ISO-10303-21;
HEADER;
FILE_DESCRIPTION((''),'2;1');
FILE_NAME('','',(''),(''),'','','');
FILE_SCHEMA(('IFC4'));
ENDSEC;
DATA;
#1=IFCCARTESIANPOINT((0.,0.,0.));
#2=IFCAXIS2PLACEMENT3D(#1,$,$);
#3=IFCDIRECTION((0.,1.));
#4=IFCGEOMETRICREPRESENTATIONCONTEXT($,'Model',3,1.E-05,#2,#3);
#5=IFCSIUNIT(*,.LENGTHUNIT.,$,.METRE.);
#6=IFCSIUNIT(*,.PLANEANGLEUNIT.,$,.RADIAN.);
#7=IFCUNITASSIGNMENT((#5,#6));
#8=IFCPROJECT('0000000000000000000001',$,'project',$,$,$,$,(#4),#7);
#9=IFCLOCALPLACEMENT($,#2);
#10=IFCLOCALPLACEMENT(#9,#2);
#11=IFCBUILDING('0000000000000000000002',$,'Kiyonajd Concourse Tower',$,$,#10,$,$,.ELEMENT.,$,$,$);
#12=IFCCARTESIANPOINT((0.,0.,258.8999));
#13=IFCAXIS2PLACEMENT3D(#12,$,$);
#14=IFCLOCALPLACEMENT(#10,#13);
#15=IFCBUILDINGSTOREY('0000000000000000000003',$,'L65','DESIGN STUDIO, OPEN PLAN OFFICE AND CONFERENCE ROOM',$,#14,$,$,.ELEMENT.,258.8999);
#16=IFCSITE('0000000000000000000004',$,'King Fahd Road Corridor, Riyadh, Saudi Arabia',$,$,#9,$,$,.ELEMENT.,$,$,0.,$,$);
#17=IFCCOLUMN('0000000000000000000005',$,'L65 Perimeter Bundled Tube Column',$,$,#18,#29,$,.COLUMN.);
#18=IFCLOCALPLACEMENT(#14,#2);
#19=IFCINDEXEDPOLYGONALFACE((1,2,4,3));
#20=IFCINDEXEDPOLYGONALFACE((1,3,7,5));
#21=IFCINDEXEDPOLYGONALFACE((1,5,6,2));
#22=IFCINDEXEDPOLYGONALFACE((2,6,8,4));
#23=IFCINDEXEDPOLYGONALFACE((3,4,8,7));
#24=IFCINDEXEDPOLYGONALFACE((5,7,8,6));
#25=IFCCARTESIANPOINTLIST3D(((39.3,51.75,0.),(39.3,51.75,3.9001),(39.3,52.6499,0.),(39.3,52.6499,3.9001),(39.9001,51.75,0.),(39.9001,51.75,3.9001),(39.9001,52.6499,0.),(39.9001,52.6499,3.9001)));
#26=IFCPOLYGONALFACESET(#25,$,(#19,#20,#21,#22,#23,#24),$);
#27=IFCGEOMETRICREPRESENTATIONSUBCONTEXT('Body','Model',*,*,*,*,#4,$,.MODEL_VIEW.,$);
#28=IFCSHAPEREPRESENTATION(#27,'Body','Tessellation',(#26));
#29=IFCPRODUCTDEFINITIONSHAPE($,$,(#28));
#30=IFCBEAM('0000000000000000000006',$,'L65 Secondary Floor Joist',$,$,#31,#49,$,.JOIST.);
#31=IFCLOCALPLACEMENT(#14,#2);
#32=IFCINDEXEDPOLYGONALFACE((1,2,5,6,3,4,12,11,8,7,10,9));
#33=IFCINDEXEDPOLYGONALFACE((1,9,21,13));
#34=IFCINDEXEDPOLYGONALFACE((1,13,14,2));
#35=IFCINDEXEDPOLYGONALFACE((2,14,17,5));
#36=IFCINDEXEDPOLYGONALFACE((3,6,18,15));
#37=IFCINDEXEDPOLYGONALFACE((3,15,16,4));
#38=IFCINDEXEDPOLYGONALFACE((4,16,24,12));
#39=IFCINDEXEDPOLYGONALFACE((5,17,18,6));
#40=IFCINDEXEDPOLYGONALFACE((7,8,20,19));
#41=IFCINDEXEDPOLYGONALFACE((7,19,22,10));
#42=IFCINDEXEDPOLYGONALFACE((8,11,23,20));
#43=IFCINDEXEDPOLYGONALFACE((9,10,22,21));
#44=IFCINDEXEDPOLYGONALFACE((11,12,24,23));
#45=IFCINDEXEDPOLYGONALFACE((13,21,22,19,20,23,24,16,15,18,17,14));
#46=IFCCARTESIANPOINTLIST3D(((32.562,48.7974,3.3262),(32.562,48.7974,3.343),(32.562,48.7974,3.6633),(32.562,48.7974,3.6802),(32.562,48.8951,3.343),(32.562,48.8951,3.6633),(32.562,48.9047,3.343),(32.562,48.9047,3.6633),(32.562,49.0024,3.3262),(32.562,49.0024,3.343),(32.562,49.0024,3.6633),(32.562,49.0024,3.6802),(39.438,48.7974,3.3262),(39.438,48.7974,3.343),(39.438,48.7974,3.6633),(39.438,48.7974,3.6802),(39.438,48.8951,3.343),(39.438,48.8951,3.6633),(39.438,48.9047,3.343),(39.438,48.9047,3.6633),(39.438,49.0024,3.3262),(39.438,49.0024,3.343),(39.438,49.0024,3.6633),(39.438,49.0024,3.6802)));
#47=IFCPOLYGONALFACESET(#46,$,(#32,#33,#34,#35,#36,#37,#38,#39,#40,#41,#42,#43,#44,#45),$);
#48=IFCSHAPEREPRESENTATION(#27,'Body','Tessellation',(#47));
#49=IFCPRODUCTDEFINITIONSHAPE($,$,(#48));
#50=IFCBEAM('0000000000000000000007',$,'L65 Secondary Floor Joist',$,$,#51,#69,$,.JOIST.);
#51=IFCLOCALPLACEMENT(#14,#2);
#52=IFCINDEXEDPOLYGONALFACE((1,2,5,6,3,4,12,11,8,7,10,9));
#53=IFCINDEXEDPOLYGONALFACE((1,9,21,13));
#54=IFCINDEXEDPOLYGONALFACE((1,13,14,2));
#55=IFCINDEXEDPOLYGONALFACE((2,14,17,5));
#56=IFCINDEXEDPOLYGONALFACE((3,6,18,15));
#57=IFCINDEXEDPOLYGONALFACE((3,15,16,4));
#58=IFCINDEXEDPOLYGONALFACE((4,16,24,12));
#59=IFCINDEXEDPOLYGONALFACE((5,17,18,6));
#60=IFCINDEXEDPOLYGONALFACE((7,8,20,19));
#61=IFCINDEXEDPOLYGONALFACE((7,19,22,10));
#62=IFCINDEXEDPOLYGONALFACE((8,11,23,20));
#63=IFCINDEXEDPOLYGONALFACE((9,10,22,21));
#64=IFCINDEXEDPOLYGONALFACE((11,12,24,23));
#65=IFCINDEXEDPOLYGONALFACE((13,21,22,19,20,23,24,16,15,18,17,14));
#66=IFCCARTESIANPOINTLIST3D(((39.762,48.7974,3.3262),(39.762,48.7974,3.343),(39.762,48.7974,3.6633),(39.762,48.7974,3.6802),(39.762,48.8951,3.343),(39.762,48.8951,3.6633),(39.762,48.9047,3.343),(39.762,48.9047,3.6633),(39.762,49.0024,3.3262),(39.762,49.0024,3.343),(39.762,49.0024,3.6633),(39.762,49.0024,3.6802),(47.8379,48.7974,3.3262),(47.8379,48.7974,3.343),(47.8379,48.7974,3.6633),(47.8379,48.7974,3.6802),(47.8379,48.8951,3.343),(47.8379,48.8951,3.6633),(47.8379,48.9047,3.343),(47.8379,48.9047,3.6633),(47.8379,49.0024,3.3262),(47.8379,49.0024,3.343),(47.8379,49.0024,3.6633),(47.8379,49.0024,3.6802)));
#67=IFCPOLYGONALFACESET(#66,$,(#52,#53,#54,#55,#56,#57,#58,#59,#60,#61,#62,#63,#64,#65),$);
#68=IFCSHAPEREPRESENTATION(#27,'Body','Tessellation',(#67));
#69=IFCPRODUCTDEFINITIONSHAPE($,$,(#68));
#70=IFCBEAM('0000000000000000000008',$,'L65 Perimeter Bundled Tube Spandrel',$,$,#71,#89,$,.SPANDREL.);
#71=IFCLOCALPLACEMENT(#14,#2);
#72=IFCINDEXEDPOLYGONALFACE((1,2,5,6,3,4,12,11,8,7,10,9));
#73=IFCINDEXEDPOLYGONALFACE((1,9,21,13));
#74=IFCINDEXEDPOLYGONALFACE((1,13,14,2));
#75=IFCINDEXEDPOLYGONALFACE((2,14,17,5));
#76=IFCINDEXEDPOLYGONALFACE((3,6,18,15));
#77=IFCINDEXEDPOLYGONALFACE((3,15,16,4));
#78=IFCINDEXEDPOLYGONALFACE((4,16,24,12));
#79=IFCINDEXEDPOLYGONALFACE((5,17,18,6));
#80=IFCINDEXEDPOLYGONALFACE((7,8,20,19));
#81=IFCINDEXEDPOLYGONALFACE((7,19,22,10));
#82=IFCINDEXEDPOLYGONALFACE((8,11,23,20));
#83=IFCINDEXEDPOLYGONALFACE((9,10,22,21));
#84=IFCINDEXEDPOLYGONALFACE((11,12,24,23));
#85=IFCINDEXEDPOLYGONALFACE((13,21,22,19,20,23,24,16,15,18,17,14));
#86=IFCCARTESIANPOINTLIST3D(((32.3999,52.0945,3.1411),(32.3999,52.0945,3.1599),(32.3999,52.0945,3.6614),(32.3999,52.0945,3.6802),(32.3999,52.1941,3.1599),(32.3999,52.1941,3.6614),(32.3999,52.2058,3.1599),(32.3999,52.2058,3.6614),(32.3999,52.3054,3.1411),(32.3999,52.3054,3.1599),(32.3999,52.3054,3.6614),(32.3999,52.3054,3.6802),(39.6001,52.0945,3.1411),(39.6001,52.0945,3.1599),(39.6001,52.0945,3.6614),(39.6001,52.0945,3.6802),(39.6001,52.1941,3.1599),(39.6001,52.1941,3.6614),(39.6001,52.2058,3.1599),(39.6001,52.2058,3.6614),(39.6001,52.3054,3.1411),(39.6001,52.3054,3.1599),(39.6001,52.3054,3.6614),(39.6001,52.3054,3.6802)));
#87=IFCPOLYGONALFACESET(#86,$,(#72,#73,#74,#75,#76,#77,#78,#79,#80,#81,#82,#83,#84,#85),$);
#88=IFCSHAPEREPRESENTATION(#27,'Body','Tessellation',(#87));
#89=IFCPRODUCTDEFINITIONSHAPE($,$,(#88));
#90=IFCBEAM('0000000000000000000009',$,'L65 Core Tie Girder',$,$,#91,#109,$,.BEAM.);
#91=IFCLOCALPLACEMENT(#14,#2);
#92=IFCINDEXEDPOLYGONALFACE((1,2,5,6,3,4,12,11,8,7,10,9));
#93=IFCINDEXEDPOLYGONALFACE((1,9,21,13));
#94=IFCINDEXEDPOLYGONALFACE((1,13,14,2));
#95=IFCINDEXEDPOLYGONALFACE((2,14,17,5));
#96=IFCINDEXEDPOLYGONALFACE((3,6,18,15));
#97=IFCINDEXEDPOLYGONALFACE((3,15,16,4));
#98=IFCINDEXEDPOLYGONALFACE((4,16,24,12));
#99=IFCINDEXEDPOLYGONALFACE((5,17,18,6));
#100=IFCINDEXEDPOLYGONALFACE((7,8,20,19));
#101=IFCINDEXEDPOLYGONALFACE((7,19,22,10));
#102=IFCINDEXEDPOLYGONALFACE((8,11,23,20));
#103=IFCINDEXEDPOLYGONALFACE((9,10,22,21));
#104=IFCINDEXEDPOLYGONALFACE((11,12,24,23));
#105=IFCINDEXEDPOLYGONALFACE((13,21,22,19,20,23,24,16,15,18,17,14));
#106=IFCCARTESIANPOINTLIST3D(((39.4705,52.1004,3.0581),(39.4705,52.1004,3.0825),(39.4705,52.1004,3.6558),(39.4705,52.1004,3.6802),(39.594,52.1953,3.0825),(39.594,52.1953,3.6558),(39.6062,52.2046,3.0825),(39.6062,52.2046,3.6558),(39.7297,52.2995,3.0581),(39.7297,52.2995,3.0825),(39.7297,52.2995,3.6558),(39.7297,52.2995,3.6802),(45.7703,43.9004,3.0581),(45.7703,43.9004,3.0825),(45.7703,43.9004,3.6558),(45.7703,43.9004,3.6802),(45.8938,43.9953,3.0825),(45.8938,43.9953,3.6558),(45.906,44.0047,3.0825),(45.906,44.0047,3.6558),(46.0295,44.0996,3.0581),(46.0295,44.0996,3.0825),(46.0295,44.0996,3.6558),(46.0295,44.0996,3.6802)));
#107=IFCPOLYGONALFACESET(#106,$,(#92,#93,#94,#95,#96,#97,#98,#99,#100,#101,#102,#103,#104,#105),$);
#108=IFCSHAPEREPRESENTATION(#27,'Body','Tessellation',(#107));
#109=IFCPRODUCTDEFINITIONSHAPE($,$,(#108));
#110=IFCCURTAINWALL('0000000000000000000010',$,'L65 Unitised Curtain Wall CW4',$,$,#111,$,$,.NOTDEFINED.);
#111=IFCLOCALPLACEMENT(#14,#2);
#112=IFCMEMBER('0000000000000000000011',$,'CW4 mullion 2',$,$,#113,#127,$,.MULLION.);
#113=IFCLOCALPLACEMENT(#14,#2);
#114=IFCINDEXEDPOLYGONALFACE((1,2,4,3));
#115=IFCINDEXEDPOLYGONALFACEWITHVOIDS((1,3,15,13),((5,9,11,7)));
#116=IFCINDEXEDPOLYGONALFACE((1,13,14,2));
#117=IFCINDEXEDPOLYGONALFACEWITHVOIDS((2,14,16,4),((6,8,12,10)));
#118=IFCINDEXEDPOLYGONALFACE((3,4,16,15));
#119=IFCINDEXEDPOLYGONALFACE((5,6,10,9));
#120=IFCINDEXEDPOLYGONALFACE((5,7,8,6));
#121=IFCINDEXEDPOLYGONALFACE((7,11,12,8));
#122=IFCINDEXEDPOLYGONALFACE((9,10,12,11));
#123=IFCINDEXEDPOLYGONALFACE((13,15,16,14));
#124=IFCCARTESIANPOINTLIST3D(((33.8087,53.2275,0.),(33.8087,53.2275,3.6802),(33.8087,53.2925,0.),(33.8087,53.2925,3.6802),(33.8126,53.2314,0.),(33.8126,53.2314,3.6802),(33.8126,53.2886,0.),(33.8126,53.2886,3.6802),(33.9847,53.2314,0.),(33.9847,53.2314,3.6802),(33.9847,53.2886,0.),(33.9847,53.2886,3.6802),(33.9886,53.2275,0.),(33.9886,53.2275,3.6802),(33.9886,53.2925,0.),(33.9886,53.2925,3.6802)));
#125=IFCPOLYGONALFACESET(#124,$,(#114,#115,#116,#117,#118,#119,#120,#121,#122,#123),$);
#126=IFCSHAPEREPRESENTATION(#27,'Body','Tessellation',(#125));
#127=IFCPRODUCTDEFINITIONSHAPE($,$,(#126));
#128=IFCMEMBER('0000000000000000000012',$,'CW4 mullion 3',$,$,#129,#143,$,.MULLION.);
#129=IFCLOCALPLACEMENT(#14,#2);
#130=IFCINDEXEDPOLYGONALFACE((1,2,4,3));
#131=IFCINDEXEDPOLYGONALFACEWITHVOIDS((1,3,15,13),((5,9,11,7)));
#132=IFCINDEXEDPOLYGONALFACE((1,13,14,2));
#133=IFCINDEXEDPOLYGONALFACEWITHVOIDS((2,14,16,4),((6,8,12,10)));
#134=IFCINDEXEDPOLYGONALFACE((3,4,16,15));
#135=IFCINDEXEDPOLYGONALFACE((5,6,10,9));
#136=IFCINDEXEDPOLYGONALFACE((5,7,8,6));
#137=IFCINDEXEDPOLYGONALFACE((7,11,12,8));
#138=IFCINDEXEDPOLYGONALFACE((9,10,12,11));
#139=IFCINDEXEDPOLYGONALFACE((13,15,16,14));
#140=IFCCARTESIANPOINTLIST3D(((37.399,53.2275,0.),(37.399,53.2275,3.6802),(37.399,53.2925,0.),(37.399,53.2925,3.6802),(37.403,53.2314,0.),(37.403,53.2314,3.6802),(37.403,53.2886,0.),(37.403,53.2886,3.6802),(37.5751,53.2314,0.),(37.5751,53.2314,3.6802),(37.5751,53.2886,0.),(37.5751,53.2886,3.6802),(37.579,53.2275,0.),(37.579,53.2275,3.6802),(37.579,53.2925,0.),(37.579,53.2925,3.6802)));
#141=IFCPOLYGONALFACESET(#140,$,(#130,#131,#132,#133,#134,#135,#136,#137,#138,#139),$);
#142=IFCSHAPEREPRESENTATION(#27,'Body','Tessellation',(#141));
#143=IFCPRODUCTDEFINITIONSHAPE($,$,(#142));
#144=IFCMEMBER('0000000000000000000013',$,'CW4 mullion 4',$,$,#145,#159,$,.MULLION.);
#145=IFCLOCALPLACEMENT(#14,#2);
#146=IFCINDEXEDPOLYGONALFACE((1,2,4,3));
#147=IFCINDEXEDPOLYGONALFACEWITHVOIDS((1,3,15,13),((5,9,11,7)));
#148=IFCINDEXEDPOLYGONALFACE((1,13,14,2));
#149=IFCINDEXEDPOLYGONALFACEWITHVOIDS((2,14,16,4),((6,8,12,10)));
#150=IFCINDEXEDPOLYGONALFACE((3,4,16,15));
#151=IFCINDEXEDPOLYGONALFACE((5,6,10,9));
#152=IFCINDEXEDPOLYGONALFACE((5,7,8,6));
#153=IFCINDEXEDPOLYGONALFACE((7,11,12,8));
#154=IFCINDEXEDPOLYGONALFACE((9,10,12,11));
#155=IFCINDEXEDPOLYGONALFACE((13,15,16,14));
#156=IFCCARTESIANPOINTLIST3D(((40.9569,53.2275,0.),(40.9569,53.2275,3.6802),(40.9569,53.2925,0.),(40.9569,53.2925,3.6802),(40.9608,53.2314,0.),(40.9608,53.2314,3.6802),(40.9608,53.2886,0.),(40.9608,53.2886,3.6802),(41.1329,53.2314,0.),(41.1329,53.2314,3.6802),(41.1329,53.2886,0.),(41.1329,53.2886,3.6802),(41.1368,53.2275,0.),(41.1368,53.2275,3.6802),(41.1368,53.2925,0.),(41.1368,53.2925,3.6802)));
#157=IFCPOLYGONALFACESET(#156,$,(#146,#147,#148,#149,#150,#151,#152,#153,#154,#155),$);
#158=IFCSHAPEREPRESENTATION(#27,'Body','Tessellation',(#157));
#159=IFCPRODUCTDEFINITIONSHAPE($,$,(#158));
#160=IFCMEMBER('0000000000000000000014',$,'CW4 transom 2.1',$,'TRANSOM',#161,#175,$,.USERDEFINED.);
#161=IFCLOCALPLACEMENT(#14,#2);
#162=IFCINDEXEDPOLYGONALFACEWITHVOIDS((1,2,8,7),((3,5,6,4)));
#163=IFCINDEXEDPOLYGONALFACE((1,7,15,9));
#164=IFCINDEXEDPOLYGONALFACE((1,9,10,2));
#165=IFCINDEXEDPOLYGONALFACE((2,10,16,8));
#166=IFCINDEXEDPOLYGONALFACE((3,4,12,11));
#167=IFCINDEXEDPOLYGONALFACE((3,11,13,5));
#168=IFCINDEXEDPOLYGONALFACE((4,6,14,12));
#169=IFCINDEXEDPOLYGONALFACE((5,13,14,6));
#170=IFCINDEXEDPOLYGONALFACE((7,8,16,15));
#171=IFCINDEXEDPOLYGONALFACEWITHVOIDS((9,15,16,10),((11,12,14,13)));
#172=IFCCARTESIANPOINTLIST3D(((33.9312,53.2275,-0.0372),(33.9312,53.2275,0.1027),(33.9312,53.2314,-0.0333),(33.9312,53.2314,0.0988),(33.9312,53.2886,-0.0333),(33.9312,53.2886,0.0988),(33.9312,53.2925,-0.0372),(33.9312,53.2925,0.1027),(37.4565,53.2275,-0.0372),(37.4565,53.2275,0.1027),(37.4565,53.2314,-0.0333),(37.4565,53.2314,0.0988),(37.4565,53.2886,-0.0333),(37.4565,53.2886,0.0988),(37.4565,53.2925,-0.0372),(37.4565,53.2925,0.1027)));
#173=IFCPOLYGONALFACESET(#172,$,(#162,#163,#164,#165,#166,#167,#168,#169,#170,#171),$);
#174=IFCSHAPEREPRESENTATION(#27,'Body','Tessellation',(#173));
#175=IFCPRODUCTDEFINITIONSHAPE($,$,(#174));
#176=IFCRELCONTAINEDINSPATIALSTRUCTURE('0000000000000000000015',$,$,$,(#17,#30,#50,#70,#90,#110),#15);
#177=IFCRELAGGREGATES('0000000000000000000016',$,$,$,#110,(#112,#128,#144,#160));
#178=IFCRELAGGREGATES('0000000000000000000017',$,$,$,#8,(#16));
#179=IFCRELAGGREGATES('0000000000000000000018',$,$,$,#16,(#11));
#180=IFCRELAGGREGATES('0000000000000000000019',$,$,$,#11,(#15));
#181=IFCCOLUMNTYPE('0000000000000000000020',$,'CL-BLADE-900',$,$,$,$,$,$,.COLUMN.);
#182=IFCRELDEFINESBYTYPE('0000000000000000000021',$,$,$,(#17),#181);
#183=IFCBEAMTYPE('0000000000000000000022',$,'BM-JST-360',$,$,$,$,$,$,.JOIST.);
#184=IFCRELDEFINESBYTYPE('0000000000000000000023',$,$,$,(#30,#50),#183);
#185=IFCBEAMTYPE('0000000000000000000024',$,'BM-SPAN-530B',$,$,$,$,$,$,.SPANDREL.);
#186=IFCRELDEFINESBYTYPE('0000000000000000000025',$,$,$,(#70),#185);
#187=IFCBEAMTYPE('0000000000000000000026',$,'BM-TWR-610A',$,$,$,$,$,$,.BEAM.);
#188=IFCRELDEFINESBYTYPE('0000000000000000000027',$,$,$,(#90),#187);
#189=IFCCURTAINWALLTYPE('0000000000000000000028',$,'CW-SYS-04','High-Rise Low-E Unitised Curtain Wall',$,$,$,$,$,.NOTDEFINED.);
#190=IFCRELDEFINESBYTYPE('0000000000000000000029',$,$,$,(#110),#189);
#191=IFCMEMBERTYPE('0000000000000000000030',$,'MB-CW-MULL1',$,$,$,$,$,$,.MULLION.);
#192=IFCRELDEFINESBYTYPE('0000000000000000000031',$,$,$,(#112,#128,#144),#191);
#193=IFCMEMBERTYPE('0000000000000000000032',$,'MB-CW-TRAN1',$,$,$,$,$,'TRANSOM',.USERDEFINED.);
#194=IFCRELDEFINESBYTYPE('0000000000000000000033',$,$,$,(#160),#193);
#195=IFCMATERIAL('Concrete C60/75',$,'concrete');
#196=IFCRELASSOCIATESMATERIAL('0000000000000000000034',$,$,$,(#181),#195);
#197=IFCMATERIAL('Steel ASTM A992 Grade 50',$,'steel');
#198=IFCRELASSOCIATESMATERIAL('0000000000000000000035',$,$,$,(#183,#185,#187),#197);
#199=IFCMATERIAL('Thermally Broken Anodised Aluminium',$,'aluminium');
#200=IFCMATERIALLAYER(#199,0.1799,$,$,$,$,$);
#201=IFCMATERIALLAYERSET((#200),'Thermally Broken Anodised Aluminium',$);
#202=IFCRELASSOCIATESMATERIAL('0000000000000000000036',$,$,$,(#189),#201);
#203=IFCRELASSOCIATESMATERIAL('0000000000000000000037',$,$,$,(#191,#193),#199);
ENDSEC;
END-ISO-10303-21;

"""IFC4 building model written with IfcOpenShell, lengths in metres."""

from ifc_helpers import new_model, si_unit, direction, frame, origin, origin_2d, place, context, subcontext, project, spatial, rectangle, hollow_rectangle, i_section, extrude, material, layer, layer_set, material_profile, profile_set, type_object, element, aggregate, save


model = new_model("IFC4")

# Units and contexts
model_context = context("Model", 3, precision=1e-05, world=origin(), true_north=direction((0.0, 1.0)))
body_context = subcontext(model_context, "Body", "Model", "MODEL_VIEW")
ifc_project = project(units=[si_unit("LENGTHUNIT", "METRE"), si_unit("PLANEANGLEUNIT", "RADIAN")], contexts=[model_context])

# Site, building, storey
site_placement = place(None, origin())
site = spatial("IfcSite", under=ifc_project, at=site_placement, Name="King Fahd Road Corridor, Riyadh, Saudi Arabia", CompositionType="ELEMENT", RefElevation=0.0)
building_placement = place(site_placement, origin())
building = spatial("IfcBuilding", under=site, at=building_placement, Name="Kiyonajd Concourse Tower", CompositionType="ELEMENT")
storey_placement = place(building_placement, frame((0.0, 0.0, 258.8999)))
storey = spatial("IfcBuildingStorey", under=building, at=storey_placement, Name="L65", Description="DESIGN STUDIO, OPEN PLAN OFFICE AND CONFERENCE ROOM", CompositionType="ELEMENT", Elevation=258.8999)

# Column
ifc_material_1 = material(Name="Concrete C60/75", Category="concrete")
ifc_material_profile_1 = material_profile(ifc_material_1, rectangle(XDim=0.6001, YDim=0.8999, at=origin_2d()), Name="RC-900x600")
ifc_profile_set_1 = profile_set([ifc_material_profile_1], Name="Concrete C60/75")
column_type = type_object("IfcColumnType", Name="CL-BLADE-900", PredefinedType="COLUMN", material=ifc_profile_set_1)
column_placement = place(storey_placement, frame((39.6001, 52.2, 0.0), z_axis=(0.0, 0.0, 1.0), x_axis=(1.0, 0.0, 0.0)))
element("IfcColumn", 1, at=column_placement, inside=storey, type_object=column_type, Name="L65 Perimeter Bundled Tube Column", PredefinedType="COLUMN", context=body_context, shape_type="SweptSolid", body=[
    extrude(rectangle(XDim=0.6001, YDim=0.8999, at=origin_2d()), origin(), (0.0, 0.0, 1.0), 3.9001),
])

# Beams
ifc_material_2 = material(Name="Steel ASTM A992 Grade 50", Category="steel")
ifc_material_profile_2 = material_profile(ifc_material_2, i_section(OverallWidth=0.2051, OverallDepth=0.354, WebThickness=0.0095, FlangeThickness=0.0168, at=origin_2d()), Name="W360X79")
ifc_profile_set_2 = profile_set([ifc_material_profile_2], Name="Steel ASTM A992 Grade 50")
beam_type_1 = type_object("IfcBeamType", Name="BM-JST-360", PredefinedType="JOIST", material=ifc_profile_set_2)
beam_1_placement = place(storey_placement, frame((32.562, 48.8999, 3.5032), z_axis=(1.0, 0.0, 0.0), x_axis=(0.0, 1.0, 0.0)))
element("IfcBeam", 2, at=beam_1_placement, inside=storey, type_object=beam_type_1, Name="L65 Secondary Floor Joist", PredefinedType="JOIST", context=body_context, shape_type="SweptSolid", body=[
    extrude(i_section(OverallWidth=0.2051, OverallDepth=0.354, WebThickness=0.0095, FlangeThickness=0.0168, at=origin_2d()), origin(), (0.0, 0.0, 1.0), 6.876),
])
beam_2_placement = place(storey_placement, frame((39.762, 48.8999, 3.5032), z_axis=(1.0, 0.0, 0.0), x_axis=(0.0, 1.0, 0.0)))
element("IfcBeam", 3, at=beam_2_placement, inside=storey, type_object=beam_type_1, Name="L65 Secondary Floor Joist", PredefinedType="JOIST", context=body_context, shape_type="SweptSolid", body=[
    extrude(i_section(OverallWidth=0.2051, OverallDepth=0.354, WebThickness=0.0095, FlangeThickness=0.0168, at=origin_2d()), origin(), (0.0, 0.0, 1.0), 8.0759),
])
ifc_material_profile_3 = material_profile(ifc_material_2, i_section(OverallWidth=0.2109, OverallDepth=0.5391, WebThickness=0.0117, FlangeThickness=0.0188, at=origin_2d()), Name="W530X109")
ifc_profile_set_3 = profile_set([ifc_material_profile_3], Name="Steel ASTM A992 Grade 50")
beam_type_2 = type_object("IfcBeamType", Name="BM-SPAN-530B", PredefinedType="SPANDREL", material=ifc_profile_set_3)
beam_3_placement = place(storey_placement, frame((39.6001, 52.2, 3.4106), z_axis=(-1.0, 0.0, 0.0), x_axis=(0.0, -1.0, 0.0)))
element("IfcBeam", 4, at=beam_3_placement, inside=storey, type_object=beam_type_2, Name="L65 Perimeter Bundled Tube Spandrel", PredefinedType="SPANDREL", context=body_context, shape_type="SweptSolid", body=[
    extrude(i_section(OverallWidth=0.2109, OverallDepth=0.5391, WebThickness=0.0117, FlangeThickness=0.0188, at=origin_2d()), origin(), (0.0, 0.0, 1.0), 7.2002),
])
ifc_material_profile_4 = material_profile(ifc_material_2, i_section(OverallWidth=0.3269, OverallDepth=0.6221, WebThickness=0.0154, FlangeThickness=0.0244, at=origin_2d()), Name="W610X195")
ifc_profile_set_4 = profile_set([ifc_material_profile_4], Name="Steel ASTM A992 Grade 50")
beam_type_3 = type_object("IfcBeamType", Name="BM-TWR-610A", PredefinedType="BEAM", material=ifc_profile_set_4)
beam_4_placement = place(storey_placement, frame((39.6001, 52.2, 3.3691), z_axis=(0.609234, -0.792991, 0.0), x_axis=(0.792991, 0.609234, 0.0)))
element("IfcBeam", 5, at=beam_4_placement, inside=storey, type_object=beam_type_3, Name="L65 Core Tie Girder", PredefinedType="BEAM", context=body_context, shape_type="SweptSolid", body=[
    extrude(i_section(OverallWidth=0.3269, OverallDepth=0.6221, WebThickness=0.0154, FlangeThickness=0.0244, at=origin_2d()), origin(), (0.0, 0.0, 1.0), 10.3406),
])

# Curtain wall, members
ifc_material_3 = material(Name="Thermally Broken Anodised Aluminium", Category="aluminium")
ifc_layer_1 = layer(ifc_material_3, 0.1799)
ifc_layer_set_1 = layer_set([ifc_layer_1], Name="Thermally Broken Anodised Aluminium")
curtain_wall_type = type_object("IfcCurtainWallType", Name="CW-SYS-04", Description="High-Rise Low-E Unitised Curtain Wall", PredefinedType="NOTDEFINED", material=ifc_layer_set_1)
curtain_wall_placement = place(storey_placement, origin())
curtain_wall = element("IfcCurtainWall", 6, at=curtain_wall_placement, inside=storey, type_object=curtain_wall_type, Name="L65 Unitised Curtain Wall CW4", PredefinedType="NOTDEFINED")
ifc_material_profile_5 = material_profile(ifc_material_3, hollow_rectangle(XDim=0.0649, YDim=0.1799, WallThickness=0.0039, at=origin_2d()), Name="MULL-65x180")
ifc_profile_set_5 = profile_set([ifc_material_profile_5], Name="Thermally Broken Anodised Aluminium")
member_type_1 = type_object("IfcMemberType", Name="MB-CW-MULL1", PredefinedType="MULLION", material=ifc_profile_set_5)
member_1_placement = place(storey_placement, frame((33.8987, 53.26, 0.0), z_axis=(0.0, 0.0, 1.0), x_axis=(0.0, 1.0, 0.0)))
member_1 = element("IfcMember", 7, at=member_1_placement, type_object=member_type_1, Name="CW4 mullion 2", PredefinedType="MULLION", context=body_context, shape_type="SweptSolid", body=[
    extrude(hollow_rectangle(XDim=0.0649, YDim=0.1799, WallThickness=0.0039, at=origin_2d()), origin(), (0.0, 0.0, 1.0), 3.6802),
])
member_2_placement = place(storey_placement, frame((37.489, 53.26, 0.0), z_axis=(0.0, 0.0, 1.0), x_axis=(0.0, 1.0, 0.0)))
member_2 = element("IfcMember", 8, at=member_2_placement, type_object=member_type_1, Name="CW4 mullion 3", PredefinedType="MULLION", context=body_context, shape_type="SweptSolid", body=[
    extrude(hollow_rectangle(XDim=0.0649, YDim=0.1799, WallThickness=0.0039, at=origin_2d()), origin(), (0.0, 0.0, 1.0), 3.6802),
])
member_3_placement = place(storey_placement, frame((41.0469, 53.26, 0.0), z_axis=(0.0, 0.0, 1.0), x_axis=(0.0, 1.0, 0.0)))
member_3 = element("IfcMember", 9, at=member_3_placement, type_object=member_type_1, Name="CW4 mullion 4", PredefinedType="MULLION", context=body_context, shape_type="SweptSolid", body=[
    extrude(hollow_rectangle(XDim=0.0649, YDim=0.1799, WallThickness=0.0039, at=origin_2d()), origin(), (0.0, 0.0, 1.0), 3.6802),
])
ifc_material_profile_6 = material_profile(ifc_material_3, hollow_rectangle(XDim=0.0649, YDim=0.1399, WallThickness=0.0039, at=origin_2d()), Name="TRAN-65x140")
ifc_profile_set_6 = profile_set([ifc_material_profile_6], Name="Thermally Broken Anodised Aluminium")
member_type_2 = type_object("IfcMemberType", Name="MB-CW-TRAN1", ElementType="TRANSOM", PredefinedType="USERDEFINED", material=ifc_profile_set_6)
member_4_placement = place(storey_placement, frame((33.9312, 53.26, 0.0327), z_axis=(1.0, 0.0, 0.0), x_axis=(0.0, 1.0, 0.0)))
member_4 = element("IfcMember", 10, at=member_4_placement, type_object=member_type_2, Name="CW4 transom 2.1", ObjectType="TRANSOM", PredefinedType="USERDEFINED", context=body_context, shape_type="SweptSolid", body=[
    extrude(hollow_rectangle(XDim=0.0649, YDim=0.1399, WallThickness=0.0039, at=origin_2d()), origin(), (0.0, 0.0, 1.0), 3.5254),
])

aggregate(curtain_wall, [member_1, member_2, member_3, member_4])

save(model, "model.ifc")
